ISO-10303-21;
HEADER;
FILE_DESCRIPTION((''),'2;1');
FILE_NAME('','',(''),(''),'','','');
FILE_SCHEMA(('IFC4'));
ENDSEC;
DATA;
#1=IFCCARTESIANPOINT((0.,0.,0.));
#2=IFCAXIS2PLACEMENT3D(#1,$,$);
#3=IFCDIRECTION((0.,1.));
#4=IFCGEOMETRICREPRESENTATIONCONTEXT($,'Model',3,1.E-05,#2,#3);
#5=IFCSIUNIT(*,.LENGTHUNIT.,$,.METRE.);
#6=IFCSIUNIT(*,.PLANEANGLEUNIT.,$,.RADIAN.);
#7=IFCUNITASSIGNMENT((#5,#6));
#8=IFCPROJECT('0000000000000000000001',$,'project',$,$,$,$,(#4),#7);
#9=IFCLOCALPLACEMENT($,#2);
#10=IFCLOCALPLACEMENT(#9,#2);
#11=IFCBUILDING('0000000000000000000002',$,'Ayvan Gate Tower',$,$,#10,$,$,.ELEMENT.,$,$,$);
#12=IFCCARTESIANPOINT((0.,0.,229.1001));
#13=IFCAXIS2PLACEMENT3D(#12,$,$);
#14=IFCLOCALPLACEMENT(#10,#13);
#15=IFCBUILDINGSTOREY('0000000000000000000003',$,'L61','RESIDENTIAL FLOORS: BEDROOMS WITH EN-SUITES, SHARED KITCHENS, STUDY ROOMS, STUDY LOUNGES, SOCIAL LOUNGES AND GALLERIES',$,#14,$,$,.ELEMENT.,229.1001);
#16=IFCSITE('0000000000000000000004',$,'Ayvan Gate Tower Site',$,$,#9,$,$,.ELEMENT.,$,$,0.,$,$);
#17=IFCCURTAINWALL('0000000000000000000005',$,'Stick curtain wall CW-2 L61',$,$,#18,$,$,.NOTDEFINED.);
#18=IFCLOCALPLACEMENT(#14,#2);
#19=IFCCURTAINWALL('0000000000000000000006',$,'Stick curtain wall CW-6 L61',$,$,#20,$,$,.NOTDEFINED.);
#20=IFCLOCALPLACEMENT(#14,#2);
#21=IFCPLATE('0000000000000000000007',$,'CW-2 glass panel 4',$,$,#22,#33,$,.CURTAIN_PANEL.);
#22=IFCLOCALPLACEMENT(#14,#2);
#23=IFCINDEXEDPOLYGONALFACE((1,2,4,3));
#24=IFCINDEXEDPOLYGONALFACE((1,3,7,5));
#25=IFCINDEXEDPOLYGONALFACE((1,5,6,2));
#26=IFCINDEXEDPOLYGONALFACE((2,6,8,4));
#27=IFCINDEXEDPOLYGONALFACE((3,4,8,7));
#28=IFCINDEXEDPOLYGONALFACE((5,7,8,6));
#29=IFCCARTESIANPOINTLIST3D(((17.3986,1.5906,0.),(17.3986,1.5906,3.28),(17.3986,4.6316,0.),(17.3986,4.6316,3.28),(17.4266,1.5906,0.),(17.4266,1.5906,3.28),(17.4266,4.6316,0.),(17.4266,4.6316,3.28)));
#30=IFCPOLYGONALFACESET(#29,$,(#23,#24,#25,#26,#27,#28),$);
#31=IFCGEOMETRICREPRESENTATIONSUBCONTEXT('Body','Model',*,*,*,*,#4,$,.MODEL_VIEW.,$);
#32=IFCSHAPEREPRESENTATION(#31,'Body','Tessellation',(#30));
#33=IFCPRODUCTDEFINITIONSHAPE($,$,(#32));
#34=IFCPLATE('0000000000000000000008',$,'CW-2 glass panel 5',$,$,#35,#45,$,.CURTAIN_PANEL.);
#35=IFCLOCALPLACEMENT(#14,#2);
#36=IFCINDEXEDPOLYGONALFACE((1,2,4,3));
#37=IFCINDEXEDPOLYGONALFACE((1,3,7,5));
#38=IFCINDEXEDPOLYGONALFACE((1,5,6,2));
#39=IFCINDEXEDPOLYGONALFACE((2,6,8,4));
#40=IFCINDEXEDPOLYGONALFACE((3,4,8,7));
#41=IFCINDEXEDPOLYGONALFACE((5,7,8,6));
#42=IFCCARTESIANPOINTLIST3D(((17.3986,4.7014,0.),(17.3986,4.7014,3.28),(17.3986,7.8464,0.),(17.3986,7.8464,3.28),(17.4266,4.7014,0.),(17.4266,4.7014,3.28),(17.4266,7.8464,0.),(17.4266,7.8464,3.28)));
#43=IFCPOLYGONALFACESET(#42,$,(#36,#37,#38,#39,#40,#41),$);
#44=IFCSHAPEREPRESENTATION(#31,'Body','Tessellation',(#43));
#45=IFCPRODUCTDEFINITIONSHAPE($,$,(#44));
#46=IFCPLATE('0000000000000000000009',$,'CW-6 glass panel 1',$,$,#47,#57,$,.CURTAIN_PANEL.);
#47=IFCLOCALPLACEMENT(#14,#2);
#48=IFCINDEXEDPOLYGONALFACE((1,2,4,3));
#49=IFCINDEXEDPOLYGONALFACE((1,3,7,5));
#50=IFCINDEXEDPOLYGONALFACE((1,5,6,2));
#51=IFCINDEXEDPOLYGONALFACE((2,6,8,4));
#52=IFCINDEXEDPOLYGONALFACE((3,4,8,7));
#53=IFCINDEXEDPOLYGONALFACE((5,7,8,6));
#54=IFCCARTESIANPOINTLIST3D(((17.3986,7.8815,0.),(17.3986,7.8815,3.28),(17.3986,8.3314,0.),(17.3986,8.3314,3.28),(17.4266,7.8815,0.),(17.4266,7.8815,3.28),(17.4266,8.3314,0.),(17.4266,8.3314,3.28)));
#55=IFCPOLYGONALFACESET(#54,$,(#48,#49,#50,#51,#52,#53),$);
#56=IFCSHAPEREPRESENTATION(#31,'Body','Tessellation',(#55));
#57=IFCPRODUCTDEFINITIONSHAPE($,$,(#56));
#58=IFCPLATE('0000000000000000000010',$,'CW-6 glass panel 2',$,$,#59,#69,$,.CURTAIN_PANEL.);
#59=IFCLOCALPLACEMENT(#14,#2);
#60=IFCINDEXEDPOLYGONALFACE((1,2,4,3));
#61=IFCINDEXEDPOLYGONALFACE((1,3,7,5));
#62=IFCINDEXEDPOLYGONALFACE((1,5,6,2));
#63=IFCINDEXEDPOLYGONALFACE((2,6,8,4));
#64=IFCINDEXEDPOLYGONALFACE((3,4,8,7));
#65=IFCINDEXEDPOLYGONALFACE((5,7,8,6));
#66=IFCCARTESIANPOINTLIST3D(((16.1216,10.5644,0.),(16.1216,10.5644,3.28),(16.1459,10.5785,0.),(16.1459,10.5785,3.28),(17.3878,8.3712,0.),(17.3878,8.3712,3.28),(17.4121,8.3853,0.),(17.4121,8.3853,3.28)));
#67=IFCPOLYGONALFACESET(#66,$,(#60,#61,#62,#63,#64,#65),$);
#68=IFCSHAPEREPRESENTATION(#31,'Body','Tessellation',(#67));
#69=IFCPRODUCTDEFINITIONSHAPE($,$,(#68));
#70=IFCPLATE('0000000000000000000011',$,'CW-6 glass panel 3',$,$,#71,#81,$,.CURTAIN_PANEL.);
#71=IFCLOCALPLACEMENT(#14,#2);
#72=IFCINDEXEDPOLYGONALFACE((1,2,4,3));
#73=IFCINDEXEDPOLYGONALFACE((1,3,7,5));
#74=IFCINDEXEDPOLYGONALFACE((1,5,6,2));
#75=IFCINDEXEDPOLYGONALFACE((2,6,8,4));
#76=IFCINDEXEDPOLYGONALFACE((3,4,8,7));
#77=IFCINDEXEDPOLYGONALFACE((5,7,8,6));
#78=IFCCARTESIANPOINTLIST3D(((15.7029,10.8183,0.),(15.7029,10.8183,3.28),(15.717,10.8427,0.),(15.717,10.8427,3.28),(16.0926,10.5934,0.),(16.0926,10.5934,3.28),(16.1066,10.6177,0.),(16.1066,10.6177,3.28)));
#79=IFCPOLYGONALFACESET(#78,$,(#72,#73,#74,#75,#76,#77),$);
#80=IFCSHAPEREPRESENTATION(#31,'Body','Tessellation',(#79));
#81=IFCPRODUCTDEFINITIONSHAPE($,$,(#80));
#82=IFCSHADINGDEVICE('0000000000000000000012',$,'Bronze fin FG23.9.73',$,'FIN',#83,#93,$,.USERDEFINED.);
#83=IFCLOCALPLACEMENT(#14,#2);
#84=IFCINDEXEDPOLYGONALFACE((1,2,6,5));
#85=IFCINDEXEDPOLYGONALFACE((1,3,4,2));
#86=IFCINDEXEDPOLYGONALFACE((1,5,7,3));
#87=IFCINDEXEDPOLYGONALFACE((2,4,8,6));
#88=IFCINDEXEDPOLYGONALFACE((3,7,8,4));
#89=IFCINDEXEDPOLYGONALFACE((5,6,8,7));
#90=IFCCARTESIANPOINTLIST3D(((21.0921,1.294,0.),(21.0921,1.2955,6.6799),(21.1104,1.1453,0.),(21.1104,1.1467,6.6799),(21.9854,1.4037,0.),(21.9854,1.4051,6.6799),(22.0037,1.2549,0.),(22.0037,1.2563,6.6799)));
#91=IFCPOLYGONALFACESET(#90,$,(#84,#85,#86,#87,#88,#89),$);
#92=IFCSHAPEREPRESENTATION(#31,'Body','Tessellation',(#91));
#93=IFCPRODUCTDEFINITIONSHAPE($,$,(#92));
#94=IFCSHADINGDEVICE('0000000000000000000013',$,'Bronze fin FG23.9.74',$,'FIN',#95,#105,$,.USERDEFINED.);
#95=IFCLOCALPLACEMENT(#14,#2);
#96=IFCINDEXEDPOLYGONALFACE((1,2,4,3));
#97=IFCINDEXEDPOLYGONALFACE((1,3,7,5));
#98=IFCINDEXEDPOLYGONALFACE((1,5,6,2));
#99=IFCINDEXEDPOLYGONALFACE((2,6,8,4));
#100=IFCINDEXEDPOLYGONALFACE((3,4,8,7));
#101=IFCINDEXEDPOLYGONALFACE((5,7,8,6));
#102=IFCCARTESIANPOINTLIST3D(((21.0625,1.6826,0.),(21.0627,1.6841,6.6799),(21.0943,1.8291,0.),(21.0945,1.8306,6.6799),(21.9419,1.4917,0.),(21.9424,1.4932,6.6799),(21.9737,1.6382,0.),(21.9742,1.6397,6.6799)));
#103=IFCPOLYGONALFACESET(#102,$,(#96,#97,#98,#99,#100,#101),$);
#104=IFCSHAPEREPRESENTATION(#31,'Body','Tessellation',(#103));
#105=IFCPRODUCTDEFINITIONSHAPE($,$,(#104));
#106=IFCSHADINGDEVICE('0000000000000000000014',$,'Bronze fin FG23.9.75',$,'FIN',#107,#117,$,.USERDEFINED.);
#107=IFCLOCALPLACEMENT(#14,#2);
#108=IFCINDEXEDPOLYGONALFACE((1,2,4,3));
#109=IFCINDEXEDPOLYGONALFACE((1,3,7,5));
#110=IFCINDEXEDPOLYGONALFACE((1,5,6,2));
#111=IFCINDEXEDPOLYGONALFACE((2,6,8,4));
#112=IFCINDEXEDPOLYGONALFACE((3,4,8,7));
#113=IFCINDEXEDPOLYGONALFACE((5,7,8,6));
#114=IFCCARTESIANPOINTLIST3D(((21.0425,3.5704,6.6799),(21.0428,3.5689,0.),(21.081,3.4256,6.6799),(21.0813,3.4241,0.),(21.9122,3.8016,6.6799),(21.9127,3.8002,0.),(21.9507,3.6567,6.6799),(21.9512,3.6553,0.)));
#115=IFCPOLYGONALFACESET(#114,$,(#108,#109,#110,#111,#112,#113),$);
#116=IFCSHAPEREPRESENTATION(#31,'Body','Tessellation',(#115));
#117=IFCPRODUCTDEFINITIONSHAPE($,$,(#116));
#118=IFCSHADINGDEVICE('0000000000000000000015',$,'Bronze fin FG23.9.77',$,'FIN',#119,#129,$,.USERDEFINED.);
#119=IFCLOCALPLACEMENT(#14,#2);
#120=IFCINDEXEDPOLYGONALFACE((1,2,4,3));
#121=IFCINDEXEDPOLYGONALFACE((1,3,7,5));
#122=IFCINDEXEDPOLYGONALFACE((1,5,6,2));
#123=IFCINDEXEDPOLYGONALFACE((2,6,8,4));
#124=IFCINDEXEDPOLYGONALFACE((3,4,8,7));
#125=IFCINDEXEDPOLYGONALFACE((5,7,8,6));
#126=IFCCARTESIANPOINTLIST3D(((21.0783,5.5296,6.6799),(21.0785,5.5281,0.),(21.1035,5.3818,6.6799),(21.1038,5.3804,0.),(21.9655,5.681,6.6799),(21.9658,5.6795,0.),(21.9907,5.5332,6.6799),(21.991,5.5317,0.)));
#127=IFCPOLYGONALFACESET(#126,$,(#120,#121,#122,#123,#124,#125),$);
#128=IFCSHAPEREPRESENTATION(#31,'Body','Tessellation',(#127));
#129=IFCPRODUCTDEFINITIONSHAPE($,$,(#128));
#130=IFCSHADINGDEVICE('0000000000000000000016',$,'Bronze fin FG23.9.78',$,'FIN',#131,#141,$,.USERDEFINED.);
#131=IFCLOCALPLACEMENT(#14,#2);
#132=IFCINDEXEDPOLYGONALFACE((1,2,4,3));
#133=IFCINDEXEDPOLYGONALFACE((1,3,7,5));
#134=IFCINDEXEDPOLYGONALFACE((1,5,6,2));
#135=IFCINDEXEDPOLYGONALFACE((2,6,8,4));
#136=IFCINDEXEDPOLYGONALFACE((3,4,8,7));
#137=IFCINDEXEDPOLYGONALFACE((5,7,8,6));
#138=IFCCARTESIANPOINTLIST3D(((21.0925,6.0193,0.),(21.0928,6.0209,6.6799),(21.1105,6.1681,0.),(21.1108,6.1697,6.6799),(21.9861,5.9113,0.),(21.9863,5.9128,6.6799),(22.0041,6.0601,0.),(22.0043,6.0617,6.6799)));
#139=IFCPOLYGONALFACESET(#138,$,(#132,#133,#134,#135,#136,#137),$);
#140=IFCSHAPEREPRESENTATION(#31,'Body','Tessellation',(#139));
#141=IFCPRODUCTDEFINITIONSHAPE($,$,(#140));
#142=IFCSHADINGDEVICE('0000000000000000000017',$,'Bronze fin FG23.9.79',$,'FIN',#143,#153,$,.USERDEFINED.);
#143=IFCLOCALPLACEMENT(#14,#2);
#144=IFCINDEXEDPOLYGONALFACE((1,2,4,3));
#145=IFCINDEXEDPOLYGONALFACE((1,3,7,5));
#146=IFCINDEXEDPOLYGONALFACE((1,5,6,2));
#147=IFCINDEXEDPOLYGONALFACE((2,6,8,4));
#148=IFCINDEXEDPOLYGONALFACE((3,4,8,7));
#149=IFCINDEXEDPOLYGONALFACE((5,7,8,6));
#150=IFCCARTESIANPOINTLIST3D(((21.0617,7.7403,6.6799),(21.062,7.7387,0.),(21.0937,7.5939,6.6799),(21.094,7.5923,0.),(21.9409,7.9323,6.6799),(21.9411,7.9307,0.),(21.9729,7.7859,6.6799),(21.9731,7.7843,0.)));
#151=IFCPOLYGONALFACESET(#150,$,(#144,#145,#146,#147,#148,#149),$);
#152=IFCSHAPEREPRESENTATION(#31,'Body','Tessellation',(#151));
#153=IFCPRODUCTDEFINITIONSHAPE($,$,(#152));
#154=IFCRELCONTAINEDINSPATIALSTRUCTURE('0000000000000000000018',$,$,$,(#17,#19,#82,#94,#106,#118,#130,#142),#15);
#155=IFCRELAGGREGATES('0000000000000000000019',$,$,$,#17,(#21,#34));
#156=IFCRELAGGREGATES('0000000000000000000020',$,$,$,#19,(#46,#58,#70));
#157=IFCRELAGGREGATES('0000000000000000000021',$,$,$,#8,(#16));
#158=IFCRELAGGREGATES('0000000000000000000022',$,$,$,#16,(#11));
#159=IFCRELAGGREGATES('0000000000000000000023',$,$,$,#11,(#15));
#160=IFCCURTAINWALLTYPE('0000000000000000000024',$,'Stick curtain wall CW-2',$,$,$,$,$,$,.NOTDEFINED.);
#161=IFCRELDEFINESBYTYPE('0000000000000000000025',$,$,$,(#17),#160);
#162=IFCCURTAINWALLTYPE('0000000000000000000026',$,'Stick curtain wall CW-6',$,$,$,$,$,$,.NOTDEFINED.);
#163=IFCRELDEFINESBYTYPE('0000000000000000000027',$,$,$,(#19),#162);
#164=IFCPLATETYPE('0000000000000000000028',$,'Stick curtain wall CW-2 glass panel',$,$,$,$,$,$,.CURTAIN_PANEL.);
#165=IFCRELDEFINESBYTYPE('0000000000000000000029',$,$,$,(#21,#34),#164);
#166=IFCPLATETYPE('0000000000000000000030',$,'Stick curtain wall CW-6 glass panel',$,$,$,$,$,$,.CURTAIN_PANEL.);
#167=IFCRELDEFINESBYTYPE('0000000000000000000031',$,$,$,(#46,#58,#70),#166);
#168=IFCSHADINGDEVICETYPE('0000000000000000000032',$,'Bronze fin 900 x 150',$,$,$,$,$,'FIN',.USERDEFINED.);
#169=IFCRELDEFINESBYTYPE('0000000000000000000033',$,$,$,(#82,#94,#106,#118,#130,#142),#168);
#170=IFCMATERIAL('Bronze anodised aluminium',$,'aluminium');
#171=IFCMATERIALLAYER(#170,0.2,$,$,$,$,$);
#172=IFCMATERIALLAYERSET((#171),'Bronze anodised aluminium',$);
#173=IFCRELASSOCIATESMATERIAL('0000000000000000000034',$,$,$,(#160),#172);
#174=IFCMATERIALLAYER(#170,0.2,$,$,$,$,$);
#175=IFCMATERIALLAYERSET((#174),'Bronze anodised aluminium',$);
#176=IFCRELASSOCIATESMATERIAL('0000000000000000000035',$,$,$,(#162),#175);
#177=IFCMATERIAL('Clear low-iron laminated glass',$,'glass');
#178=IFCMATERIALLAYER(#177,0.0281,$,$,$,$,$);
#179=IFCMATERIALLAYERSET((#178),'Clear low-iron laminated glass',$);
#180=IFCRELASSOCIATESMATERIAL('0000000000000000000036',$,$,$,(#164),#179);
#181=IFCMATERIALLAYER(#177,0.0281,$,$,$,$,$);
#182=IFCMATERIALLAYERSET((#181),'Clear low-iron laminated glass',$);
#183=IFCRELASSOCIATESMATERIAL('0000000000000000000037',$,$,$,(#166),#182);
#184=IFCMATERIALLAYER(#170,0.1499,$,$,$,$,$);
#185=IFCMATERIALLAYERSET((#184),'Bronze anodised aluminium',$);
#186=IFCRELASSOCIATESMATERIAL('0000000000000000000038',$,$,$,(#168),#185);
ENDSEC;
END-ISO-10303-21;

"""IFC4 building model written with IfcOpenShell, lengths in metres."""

from ifc_helpers import new_model, si_unit, direction, frame, origin, origin_2d, place, context, subcontext, project, spatial, polyline, rectangle, outline, extrude, material, layer, layer_set, type_object, element, aggregate, save


model = new_model("IFC4")

# Units and contexts
model_context = context("Model", 3, precision=1e-05, world=origin(), true_north=direction((0.0, 1.0)))
body_context = subcontext(model_context, "Body", "Model", "MODEL_VIEW")
ifc_project = project(units=[si_unit("LENGTHUNIT", "METRE"), si_unit("PLANEANGLEUNIT", "RADIAN")], contexts=[model_context])

# Site, building, storey
site_placement = place(None, origin())
site = spatial("IfcSite", under=ifc_project, at=site_placement, Name="Ayvan Gate Tower Site", CompositionType="ELEMENT", RefElevation=0.0)
building_placement = place(site_placement, origin())
building = spatial("IfcBuilding", under=site, at=building_placement, Name="Ayvan Gate Tower", CompositionType="ELEMENT")
storey_placement = place(building_placement, frame((0.0, 0.0, 229.1001)))
storey = spatial("IfcBuildingStorey", under=building, at=storey_placement, Name="L61", Description="RESIDENTIAL FLOORS: BEDROOMS WITH EN-SUITES, SHARED KITCHENS, STUDY ROOMS, STUDY LOUNGES, SOCIAL LOUNGES AND GALLERIES", CompositionType="ELEMENT", Elevation=229.1001)

# Curtain walls
ifc_material_1 = material(Name="Bronze anodised aluminium", Category="aluminium")
ifc_layer_1 = layer(ifc_material_1, 0.2)
ifc_layer_set_1 = layer_set([ifc_layer_1], Name="Bronze anodised aluminium")
curtain_wall_type_1 = type_object("IfcCurtainWallType", Name="Stick curtain wall CW-2", PredefinedType="NOTDEFINED", material=ifc_layer_set_1)
curtain_wall_1_placement = place(storey_placement, origin())
curtain_wall_1 = element("IfcCurtainWall", 1, at=curtain_wall_1_placement, inside=storey, type_object=curtain_wall_type_1, Name="Stick curtain wall CW-2 L61", PredefinedType="NOTDEFINED")
ifc_layer_2 = layer(ifc_material_1, 0.2)
ifc_layer_set_2 = layer_set([ifc_layer_2], Name="Bronze anodised aluminium")
curtain_wall_type_2 = type_object("IfcCurtainWallType", Name="Stick curtain wall CW-6", PredefinedType="NOTDEFINED", material=ifc_layer_set_2)
curtain_wall_2_placement = place(storey_placement, origin())
curtain_wall_2 = element("IfcCurtainWall", 2, at=curtain_wall_2_placement, inside=storey, type_object=curtain_wall_type_2, Name="Stick curtain wall CW-6 L61", PredefinedType="NOTDEFINED")

# Plates
ifc_material_2 = material(Name="Clear low-iron laminated glass", Category="glass")
ifc_layer_3 = layer(ifc_material_2, 0.0281)
ifc_layer_set_3 = layer_set([ifc_layer_3], Name="Clear low-iron laminated glass")
plate_type_1 = type_object("IfcPlateType", Name="Stick curtain wall CW-2 glass panel", PredefinedType="CURTAIN_PANEL", material=ifc_layer_set_3)
plate_1_placement = place(storey_placement, frame((17.4126, 3.1111, 0.0), z_axis=(0.0, 0.0, 1.0), x_axis=(0.0, 1.0, 0.0)))
plate_1 = element("IfcPlate", 3, at=plate_1_placement, type_object=plate_type_1, Name="CW-2 glass panel 4", PredefinedType="CURTAIN_PANEL", context=body_context, shape_type="SweptSolid", body=[
    extrude(rectangle(XDim=3.041, YDim=0.0281, at=origin_2d()), origin(), (0.0, 0.0, 1.0), 3.28),
])
plate_2_placement = place(storey_placement, frame((17.4126, 6.2739, 0.0), z_axis=(0.0, 0.0, 1.0), x_axis=(0.0, 1.0, 0.0)))
plate_2 = element("IfcPlate", 4, at=plate_2_placement, type_object=plate_type_1, Name="CW-2 glass panel 5", PredefinedType="CURTAIN_PANEL", context=body_context, shape_type="SweptSolid", body=[
    extrude(rectangle(XDim=3.145, YDim=0.0281, at=origin_2d()), origin(), (0.0, 0.0, 1.0), 3.28),
])
aggregate(curtain_wall_1, [plate_1, plate_2])
ifc_layer_4 = layer(ifc_material_2, 0.0281)
ifc_layer_set_4 = layer_set([ifc_layer_4], Name="Clear low-iron laminated glass")
plate_type_2 = type_object("IfcPlateType", Name="Stick curtain wall CW-6 glass panel", PredefinedType="CURTAIN_PANEL", material=ifc_layer_set_4)
plate_3_placement = place(storey_placement, frame((17.4126, 8.1064, 0.0), z_axis=(0.0, 0.0, 1.0), x_axis=(0.0, 1.0, 0.0)))
plate_3 = element("IfcPlate", 5, at=plate_3_placement, type_object=plate_type_2, Name="CW-6 glass panel 1", PredefinedType="CURTAIN_PANEL", context=body_context, shape_type="SweptSolid", body=[
    extrude(rectangle(XDim=0.45, YDim=0.0281, at=origin_2d()), origin(), (0.0, 0.0, 1.0), 3.28),
])
plate_4_placement = place(storey_placement, frame((16.7668, 9.4749, 0.0), z_axis=(0.0, 0.0, 1.0), x_axis=(-0.5, 0.866025, 0.0)))
plate_4 = element("IfcPlate", 6, at=plate_4_placement, type_object=plate_type_2, Name="CW-6 glass panel 2", PredefinedType="CURTAIN_PANEL", context=body_context, shape_type="SweptSolid", body=[
    extrude(rectangle(XDim=2.5325, YDim=0.0281, at=origin_2d()), origin(), (0.0, 0.0, 1.0), 3.28),
])
plate_5_placement = place(storey_placement, frame((15.9048, 10.718, 0.0), z_axis=(0.0, 0.0, 1.0), x_axis=(-0.866025, 0.5, 0.0)))
plate_5 = element("IfcPlate", 7, at=plate_5_placement, type_object=plate_type_2, Name="CW-6 glass panel 3", PredefinedType="CURTAIN_PANEL", context=body_context, shape_type="SweptSolid", body=[
    extrude(rectangle(XDim=0.45, YDim=0.0281, at=origin_2d()), origin(), (0.0, 0.0, 1.0), 3.28),
])
aggregate(curtain_wall_2, [plate_3, plate_4, plate_5])

# Shading devices
ifc_layer_5 = layer(ifc_material_1, 0.1499)
ifc_layer_set_5 = layer_set([ifc_layer_5], Name="Bronze anodised aluminium")
shading_device_type = type_object("IfcShadingDeviceType", Name="Bronze fin 900 x 150", ElementType="FIN", PredefinedType="USERDEFINED", material=ifc_layer_set_5)
shading_device_1_placement = place(storey_placement, frame((21.1104, 1.1453, 0.0), z_axis=(0.121798, -0.992555, 0.000218), x_axis=(0.992555, 0.121798, 0.0)))
element("IfcShadingDevice", 8, at=shading_device_1_placement, inside=storey, type_object=shading_device_type, Name="Bronze fin FG23.9.73", ObjectType="FIN", PredefinedType="USERDEFINED", context=body_context, shape_type="SweptSolid", body=[
    extrude(outline(polyline([(0.0, 0.0), (0.9, 0.0), (0.9002, 6.6799), (0.0002, 6.6799), (0.0, 0.0)])), origin(), (0.0, 0.0, -1.0), 0.1499),
])
shading_device_2_placement = place(storey_placement, frame((21.0625, 1.6826, 0.0), z_axis=(-0.212131, -0.977241, 0.000226), x_axis=(0.977241, -0.212131, 0.0)))
element("IfcShadingDevice", 9, at=shading_device_2_placement, inside=storey, type_object=shading_device_type, Name="Bronze fin FG23.9.74", ObjectType="FIN", PredefinedType="USERDEFINED", context=body_context, shape_type="SweptSolid", body=[
    extrude(outline(polyline([(0.0, 0.0), (0.8999, 0.0), (0.9, 6.6799), (-0.0001, 6.6799), (0.0, 0.0)])), origin(), (0.0, 0.0, -1.0), 0.1499),
])
shading_device_3_placement = place(storey_placement, frame((21.0813, 3.4241, 0.0), z_axis=(0.256903, -0.966437, 0.000226), x_axis=(0.966437, 0.256903, 0.0)))
element("IfcShadingDevice", 10, at=shading_device_3_placement, inside=storey, type_object=shading_device_type, Name="Bronze fin FG23.9.75", ObjectType="FIN", PredefinedType="USERDEFINED", context=body_context, shape_type="SweptSolid", body=[
    extrude(outline(polyline([(0.0, 0.0), (0.9001, 0.0), (0.9, 6.6799), (0.0001, 6.6799), (0.0, 0.0)])), origin(), (0.0, 0.0, -1.0), 0.1499),
])
shading_device_4_placement = place(storey_placement, frame((21.1038, 5.3804, 0.0), z_axis=(0.168181, -0.985756, 0.000222), x_axis=(0.985756, 0.168181, 0.0)))
element("IfcShadingDevice", 11, at=shading_device_4_placement, inside=storey, type_object=shading_device_type, Name="Bronze fin FG23.9.77", ObjectType="FIN", PredefinedType="USERDEFINED", context=body_context, shape_type="SweptSolid", body=[
    extrude(outline(polyline([(0.0, 0.0), (0.9, 0.0), (0.9, 6.6799), (0.0, 6.6799), (0.0, 0.0)])), origin(), (0.0, 0.0, -1.0), 0.1499),
])
shading_device_5_placement = place(storey_placement, frame((21.0925, 6.0193, 0.0), z_axis=(-0.120028, -0.992771, 0.00024), x_axis=(0.992771, -0.120028, 0.0)))
element("IfcShadingDevice", 12, at=shading_device_5_placement, inside=storey, type_object=shading_device_type, Name="Bronze fin FG23.9.78", ObjectType="FIN", PredefinedType="USERDEFINED", context=body_context, shape_type="SweptSolid", body=[
    extrude(outline(polyline([(0.0, 0.0), (0.9, 0.0), (0.9001, 6.6799), (0.0, 6.6799), (0.0, 0.0)])), origin(), (0.0, 0.0, -1.0), 0.1499),
])
shading_device_6_placement = place(storey_placement, frame((21.094, 7.5923, 0.0), z_axis=(0.213381, -0.976969, 0.00024), x_axis=(0.976969, 0.213381, 0.0)))
element("IfcShadingDevice", 13, at=shading_device_6_placement, inside=storey, type_object=shading_device_type, Name="Bronze fin FG23.9.79", ObjectType="FIN", PredefinedType="USERDEFINED", context=body_context, shape_type="SweptSolid", body=[
    extrude(outline(polyline([(0.0, 0.0), (0.8998, 0.0), (0.9, 6.6799), (0.0001, 6.6799), (0.0, 0.0)])), origin(), (0.0, 0.0, -1.0), 0.1499),
])

save(model, "model.ifc")
